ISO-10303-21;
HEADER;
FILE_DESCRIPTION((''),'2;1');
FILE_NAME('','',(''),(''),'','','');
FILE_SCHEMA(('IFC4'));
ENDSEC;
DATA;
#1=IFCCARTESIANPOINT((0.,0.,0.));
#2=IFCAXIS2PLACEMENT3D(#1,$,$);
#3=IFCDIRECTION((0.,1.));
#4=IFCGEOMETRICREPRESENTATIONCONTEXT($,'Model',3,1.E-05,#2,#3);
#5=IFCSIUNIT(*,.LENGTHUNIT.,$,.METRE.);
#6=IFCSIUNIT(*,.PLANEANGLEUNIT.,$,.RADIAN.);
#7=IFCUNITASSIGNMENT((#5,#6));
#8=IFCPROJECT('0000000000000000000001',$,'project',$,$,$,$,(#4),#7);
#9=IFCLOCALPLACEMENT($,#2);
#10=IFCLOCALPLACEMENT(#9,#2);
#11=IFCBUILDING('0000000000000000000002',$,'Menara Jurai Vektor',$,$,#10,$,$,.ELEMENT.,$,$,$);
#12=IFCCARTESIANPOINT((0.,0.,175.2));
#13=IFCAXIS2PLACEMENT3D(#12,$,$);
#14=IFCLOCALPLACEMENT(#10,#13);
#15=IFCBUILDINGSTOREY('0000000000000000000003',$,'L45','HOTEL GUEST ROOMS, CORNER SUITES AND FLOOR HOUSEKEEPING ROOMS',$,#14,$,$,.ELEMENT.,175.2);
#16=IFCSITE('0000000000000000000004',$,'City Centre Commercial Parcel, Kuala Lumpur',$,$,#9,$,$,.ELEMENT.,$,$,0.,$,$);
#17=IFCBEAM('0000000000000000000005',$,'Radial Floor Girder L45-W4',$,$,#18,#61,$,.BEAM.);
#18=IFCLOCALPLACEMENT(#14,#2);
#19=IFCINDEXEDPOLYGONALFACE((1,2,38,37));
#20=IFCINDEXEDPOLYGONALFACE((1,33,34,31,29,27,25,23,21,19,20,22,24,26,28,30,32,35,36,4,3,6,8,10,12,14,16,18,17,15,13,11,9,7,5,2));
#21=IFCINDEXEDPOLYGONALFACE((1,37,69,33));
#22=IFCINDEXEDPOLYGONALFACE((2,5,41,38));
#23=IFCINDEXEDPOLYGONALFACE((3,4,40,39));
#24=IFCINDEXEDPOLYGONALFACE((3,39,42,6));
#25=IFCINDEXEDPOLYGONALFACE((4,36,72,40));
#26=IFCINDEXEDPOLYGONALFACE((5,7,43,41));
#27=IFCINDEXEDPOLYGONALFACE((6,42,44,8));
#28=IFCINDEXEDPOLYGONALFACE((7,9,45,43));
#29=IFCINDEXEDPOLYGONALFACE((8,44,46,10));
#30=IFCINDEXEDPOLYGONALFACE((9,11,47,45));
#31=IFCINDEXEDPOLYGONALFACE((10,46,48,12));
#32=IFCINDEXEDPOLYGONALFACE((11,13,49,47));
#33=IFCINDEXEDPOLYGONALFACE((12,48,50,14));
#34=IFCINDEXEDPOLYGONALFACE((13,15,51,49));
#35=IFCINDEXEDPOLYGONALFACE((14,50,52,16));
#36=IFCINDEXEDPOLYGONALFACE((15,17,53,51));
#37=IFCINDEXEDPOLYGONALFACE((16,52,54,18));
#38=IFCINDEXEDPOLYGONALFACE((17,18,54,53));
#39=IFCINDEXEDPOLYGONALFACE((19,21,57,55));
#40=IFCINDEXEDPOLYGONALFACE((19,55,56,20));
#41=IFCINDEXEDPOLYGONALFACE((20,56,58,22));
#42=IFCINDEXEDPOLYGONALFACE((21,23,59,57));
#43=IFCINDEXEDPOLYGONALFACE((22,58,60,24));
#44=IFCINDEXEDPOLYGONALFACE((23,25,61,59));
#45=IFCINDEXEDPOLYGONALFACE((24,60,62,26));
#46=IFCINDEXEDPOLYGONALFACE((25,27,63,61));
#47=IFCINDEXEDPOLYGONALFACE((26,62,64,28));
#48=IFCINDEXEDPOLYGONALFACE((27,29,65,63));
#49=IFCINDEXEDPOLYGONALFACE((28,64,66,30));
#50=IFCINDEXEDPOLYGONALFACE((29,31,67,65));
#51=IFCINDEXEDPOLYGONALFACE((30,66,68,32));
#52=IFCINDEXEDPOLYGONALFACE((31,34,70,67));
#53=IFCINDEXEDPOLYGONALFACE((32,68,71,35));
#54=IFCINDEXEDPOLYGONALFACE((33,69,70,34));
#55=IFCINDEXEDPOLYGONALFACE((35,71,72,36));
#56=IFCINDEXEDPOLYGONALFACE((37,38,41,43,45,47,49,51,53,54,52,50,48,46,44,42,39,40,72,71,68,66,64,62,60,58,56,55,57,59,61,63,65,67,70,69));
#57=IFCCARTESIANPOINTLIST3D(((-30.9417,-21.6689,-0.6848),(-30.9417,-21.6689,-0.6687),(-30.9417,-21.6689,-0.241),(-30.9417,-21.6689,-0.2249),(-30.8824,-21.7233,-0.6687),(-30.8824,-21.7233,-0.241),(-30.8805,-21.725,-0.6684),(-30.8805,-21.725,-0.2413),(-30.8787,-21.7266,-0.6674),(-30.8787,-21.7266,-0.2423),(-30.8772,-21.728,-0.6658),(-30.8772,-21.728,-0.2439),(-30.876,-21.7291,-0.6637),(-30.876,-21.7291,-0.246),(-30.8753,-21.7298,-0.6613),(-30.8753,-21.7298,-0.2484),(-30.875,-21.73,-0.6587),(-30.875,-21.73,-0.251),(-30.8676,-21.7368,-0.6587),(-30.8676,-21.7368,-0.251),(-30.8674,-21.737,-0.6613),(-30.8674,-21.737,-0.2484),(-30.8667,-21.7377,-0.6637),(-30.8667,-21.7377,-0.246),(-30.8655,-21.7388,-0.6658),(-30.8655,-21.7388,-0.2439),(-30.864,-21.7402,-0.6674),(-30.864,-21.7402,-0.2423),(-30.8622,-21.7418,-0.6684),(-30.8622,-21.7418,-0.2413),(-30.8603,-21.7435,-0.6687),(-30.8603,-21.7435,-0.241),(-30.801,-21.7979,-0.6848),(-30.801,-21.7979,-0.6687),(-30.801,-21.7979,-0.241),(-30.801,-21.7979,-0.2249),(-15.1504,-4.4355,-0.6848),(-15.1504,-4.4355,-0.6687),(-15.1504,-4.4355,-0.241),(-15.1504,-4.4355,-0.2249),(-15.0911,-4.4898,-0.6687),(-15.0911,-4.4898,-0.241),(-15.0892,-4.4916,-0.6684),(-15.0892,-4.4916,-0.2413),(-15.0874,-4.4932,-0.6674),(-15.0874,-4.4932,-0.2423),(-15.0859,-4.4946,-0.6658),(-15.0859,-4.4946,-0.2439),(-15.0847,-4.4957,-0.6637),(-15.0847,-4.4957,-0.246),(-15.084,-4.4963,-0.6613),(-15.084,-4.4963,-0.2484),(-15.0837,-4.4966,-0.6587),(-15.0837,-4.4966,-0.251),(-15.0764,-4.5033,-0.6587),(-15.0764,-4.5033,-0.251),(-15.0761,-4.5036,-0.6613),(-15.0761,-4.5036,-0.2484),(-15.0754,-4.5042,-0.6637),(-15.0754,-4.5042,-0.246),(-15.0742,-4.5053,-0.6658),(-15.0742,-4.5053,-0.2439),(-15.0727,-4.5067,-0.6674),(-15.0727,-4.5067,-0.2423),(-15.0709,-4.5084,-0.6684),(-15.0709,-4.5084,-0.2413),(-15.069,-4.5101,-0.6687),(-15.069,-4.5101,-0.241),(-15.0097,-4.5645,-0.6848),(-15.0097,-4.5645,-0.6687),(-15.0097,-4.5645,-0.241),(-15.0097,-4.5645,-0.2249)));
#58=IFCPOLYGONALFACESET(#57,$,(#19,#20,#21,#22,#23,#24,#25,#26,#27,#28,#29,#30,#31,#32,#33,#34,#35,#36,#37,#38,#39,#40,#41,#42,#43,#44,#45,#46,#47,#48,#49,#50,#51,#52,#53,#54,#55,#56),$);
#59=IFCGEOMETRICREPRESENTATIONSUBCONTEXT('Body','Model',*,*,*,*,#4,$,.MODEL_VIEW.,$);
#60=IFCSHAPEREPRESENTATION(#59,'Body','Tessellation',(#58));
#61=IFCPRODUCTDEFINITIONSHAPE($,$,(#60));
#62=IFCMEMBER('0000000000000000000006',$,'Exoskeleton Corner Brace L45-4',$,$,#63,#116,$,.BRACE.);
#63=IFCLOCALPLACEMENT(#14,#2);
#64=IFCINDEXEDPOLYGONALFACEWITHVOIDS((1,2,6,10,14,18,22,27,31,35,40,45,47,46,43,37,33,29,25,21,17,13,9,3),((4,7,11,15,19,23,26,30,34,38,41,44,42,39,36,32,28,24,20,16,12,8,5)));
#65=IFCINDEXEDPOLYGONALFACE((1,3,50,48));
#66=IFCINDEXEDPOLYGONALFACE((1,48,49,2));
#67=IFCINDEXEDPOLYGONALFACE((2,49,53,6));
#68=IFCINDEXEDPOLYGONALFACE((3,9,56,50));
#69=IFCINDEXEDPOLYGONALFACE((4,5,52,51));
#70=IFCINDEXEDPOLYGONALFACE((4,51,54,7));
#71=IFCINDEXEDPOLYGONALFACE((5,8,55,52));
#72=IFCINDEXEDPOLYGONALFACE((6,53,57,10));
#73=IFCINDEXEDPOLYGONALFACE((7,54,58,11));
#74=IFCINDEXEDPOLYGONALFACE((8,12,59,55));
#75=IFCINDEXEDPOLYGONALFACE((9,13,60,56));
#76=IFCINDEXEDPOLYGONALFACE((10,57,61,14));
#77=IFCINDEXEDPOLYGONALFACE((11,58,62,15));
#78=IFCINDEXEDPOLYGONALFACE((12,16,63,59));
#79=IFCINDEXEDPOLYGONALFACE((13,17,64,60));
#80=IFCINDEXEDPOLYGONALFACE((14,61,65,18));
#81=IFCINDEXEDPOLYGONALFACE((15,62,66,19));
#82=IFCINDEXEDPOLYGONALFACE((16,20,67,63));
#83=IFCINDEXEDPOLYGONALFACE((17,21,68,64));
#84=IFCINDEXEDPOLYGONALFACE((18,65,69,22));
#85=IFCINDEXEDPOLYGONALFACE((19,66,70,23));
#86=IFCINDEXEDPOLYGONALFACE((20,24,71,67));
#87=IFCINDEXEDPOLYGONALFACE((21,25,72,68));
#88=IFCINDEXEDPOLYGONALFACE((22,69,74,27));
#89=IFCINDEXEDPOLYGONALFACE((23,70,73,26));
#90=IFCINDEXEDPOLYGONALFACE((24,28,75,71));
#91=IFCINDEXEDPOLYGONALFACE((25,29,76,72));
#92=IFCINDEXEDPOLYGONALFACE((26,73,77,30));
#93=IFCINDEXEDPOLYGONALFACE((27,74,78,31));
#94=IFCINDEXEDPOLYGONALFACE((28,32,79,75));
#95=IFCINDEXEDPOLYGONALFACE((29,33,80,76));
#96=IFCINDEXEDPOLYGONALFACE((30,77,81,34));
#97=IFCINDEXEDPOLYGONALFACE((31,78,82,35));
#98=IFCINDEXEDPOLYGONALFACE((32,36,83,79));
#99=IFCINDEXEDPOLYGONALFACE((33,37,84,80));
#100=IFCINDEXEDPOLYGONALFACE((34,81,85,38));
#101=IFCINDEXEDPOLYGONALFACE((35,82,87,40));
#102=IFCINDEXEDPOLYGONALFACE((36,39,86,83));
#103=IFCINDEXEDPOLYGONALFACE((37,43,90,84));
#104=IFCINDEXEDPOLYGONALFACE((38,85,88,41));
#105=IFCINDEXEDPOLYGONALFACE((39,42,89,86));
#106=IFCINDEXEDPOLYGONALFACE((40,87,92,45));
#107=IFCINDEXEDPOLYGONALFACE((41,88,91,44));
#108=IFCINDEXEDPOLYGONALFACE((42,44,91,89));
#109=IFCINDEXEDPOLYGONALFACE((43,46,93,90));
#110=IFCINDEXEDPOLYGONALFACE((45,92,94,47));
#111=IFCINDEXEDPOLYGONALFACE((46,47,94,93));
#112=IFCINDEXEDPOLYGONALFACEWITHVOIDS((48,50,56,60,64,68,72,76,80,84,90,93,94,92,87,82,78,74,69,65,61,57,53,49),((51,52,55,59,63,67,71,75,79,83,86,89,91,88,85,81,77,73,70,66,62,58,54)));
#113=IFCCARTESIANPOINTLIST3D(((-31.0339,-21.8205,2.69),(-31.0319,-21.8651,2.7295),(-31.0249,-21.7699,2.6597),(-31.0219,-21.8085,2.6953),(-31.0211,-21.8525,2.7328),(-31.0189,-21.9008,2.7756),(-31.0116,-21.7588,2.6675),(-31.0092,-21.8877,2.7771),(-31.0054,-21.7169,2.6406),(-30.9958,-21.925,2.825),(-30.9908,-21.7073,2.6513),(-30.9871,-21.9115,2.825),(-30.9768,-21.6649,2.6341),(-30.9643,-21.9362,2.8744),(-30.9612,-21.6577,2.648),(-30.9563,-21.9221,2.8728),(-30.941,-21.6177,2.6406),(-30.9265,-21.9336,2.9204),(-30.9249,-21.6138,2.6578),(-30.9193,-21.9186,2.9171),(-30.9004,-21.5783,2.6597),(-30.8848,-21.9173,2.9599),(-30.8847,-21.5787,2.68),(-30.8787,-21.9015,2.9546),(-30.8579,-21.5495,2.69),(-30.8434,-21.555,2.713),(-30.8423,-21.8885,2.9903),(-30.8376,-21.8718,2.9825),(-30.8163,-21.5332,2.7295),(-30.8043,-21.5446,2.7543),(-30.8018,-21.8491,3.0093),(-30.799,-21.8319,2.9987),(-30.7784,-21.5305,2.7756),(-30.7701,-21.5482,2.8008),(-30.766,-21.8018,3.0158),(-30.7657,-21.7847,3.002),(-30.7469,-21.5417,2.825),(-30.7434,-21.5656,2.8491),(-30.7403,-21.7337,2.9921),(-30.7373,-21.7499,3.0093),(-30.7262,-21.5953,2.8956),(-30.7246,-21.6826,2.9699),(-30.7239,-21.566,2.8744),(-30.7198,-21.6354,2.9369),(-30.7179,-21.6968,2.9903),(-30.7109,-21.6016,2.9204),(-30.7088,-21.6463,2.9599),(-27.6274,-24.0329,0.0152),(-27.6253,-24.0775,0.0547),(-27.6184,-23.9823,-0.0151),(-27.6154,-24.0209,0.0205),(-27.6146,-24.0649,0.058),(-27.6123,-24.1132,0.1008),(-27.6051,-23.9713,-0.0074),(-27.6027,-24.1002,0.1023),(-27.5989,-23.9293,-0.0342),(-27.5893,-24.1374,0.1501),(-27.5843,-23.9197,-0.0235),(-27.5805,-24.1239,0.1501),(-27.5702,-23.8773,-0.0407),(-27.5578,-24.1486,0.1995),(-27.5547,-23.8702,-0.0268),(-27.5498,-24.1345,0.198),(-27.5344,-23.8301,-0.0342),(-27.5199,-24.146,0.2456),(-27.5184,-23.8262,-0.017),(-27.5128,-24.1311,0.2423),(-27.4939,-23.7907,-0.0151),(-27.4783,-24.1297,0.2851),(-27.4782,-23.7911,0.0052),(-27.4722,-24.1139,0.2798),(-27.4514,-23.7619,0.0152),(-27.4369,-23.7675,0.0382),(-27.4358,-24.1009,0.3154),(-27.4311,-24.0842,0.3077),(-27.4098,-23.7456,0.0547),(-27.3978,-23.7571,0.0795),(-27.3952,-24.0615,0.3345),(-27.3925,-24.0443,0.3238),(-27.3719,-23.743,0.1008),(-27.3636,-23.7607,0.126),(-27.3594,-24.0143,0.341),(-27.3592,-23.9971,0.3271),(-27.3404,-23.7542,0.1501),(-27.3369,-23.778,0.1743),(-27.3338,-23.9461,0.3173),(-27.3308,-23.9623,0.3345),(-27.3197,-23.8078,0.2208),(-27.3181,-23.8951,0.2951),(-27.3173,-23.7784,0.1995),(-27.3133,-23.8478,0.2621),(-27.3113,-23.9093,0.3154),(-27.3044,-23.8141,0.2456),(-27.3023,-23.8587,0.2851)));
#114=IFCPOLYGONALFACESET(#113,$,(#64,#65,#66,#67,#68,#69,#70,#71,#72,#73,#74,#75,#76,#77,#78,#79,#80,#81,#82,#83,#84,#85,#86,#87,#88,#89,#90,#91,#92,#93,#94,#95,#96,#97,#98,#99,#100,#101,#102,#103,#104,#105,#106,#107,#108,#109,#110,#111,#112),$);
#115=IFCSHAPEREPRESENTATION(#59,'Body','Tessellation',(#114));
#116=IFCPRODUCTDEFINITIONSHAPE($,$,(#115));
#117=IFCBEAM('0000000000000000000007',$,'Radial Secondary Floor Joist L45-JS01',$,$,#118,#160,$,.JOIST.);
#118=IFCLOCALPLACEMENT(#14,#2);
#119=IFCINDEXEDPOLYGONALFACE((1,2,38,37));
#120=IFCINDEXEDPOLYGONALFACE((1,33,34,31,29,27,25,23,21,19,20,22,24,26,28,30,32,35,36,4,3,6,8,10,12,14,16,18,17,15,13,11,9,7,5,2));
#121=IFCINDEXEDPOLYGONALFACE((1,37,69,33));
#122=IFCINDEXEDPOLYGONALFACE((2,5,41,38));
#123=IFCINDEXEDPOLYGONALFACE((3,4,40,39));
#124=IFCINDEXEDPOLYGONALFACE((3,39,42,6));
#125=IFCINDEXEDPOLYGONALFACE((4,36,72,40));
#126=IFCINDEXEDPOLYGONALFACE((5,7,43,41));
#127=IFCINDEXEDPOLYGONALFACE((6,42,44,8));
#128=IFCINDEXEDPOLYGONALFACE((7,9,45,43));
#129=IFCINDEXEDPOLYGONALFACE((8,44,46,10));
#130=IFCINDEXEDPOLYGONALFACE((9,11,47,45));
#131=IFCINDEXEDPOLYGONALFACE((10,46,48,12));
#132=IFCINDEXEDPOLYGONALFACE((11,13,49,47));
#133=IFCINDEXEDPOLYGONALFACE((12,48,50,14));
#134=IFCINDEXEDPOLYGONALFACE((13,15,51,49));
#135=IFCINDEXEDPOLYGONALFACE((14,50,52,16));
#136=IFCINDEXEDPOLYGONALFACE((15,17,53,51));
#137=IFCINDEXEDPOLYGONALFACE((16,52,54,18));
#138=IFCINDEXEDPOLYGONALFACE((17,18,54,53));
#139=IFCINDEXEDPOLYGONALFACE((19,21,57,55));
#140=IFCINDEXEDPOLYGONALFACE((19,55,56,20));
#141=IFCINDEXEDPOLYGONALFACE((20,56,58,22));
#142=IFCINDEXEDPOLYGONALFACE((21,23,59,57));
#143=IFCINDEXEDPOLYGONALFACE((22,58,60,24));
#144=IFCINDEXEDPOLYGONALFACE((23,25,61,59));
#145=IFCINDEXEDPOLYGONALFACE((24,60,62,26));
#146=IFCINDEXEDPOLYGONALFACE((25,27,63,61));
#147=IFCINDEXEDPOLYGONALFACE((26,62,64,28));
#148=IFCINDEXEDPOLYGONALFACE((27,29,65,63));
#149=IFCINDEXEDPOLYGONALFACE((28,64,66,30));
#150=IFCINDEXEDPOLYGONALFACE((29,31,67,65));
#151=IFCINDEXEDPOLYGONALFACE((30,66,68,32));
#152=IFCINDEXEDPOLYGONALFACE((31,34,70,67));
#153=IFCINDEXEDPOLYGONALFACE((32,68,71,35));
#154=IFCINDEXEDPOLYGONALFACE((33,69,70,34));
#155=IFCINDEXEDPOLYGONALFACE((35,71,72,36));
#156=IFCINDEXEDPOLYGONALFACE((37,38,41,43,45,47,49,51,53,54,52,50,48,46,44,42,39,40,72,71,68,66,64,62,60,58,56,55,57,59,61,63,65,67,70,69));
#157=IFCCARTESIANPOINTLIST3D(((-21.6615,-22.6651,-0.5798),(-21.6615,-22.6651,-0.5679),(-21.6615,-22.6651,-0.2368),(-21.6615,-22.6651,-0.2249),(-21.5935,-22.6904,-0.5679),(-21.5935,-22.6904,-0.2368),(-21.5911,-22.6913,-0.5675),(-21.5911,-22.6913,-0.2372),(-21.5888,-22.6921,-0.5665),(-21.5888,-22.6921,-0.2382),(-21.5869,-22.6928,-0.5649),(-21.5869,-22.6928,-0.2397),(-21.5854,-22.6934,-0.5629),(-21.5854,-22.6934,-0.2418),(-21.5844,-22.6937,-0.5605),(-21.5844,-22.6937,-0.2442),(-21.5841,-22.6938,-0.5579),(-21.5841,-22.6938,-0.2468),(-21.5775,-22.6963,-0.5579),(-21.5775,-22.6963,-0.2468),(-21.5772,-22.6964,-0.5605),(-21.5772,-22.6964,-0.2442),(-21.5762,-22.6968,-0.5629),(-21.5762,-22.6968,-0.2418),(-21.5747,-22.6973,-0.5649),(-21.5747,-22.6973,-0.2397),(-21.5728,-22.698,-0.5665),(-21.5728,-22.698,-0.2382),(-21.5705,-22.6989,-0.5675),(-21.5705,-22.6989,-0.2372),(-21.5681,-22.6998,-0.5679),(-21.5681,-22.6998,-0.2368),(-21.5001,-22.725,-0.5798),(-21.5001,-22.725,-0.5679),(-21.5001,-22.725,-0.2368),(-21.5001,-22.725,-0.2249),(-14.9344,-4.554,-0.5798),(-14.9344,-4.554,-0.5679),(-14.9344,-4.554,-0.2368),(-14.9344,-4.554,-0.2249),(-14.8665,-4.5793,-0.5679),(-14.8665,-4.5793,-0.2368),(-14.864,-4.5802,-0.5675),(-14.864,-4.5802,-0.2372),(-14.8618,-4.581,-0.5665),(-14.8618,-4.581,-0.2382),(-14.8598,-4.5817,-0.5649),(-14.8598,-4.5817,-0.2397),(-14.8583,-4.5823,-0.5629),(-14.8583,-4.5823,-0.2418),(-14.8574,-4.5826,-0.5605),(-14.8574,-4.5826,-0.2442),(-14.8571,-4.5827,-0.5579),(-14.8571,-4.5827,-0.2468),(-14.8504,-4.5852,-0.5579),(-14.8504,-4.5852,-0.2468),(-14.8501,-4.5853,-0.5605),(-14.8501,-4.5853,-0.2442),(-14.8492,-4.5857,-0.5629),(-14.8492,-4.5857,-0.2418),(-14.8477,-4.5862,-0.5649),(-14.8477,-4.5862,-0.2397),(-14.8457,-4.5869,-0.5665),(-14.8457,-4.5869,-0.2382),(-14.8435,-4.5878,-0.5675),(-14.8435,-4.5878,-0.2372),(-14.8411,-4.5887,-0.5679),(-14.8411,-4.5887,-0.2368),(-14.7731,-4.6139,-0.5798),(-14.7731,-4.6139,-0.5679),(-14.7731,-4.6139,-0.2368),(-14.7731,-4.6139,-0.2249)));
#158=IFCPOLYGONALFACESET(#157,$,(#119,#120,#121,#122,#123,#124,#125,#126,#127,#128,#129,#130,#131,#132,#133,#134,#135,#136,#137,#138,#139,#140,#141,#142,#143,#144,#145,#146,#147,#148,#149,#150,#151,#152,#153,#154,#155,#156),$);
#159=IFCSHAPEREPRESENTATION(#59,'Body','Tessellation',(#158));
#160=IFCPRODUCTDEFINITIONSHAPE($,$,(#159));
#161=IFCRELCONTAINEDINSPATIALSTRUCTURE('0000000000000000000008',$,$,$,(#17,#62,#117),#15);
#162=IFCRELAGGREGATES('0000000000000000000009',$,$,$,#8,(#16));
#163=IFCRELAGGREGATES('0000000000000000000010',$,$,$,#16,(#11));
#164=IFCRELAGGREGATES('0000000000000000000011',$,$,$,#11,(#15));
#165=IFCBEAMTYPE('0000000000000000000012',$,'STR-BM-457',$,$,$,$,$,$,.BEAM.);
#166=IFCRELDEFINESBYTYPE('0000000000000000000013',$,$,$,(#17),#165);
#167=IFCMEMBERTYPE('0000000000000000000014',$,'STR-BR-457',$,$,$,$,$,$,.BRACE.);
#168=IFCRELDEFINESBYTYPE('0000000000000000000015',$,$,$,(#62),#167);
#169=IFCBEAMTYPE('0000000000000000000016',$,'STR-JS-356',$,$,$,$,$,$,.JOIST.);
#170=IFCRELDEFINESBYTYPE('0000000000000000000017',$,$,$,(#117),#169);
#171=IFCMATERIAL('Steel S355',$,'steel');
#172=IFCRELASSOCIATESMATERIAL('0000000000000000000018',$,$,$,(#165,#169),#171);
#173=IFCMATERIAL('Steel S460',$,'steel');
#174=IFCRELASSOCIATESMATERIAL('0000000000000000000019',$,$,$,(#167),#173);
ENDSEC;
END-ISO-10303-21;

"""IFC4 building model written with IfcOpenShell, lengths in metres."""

from ifc_helpers import new_model, si_unit, direction, frame, origin, origin_2d, place, context, subcontext, project, spatial, hollow_circle, i_section, extrude, material, material_profile, profile_set, type_object, element, save


model = new_model("IFC4")

# Units and contexts
model_context = context("Model", 3, precision=1e-05, world=origin(), true_north=direction((0.0, 1.0)))
body_context = subcontext(model_context, "Body", "Model", "MODEL_VIEW")
ifc_project = project(units=[si_unit("LENGTHUNIT", "METRE"), si_unit("PLANEANGLEUNIT", "RADIAN")], contexts=[model_context])

# Site, building, storey
site_placement = place(None, origin())
site = spatial("IfcSite", under=ifc_project, at=site_placement, Name="City Centre Commercial Parcel, Kuala Lumpur", CompositionType="ELEMENT", RefElevation=0.0)
building_placement = place(site_placement, origin())
building = spatial("IfcBuilding", under=site, at=building_placement, Name="Menara Jurai Vektor", CompositionType="ELEMENT")
storey_placement = place(building_placement, frame((0.0, 0.0, 175.2)))
storey = spatial("IfcBuildingStorey", under=building, at=storey_placement, Name="L45", Description="HOTEL GUEST ROOMS, CORNER SUITES AND FLOOR HOUSEKEEPING ROOMS", CompositionType="ELEMENT", Elevation=175.2)

# Shared definitions
ifc_material_1 = material(Name="Steel S460", Category="steel")

# Beam
ifc_material_2 = material(Name="Steel S355", Category="steel")
ifc_material_profile_1 = material_profile(ifc_material_2, i_section(OverallWidth=0.1909, OverallDepth=0.46, WebThickness=0.01, FlangeThickness=0.0161, FilletRadius=0.01, at=origin_2d()), Name="UKB 457x191x82")
ifc_profile_set_1 = profile_set([ifc_material_profile_1], Name="Steel S355")
beam_type_1 = type_object("IfcBeamType", Name="STR-BM-457", PredefinedType="BEAM", material=ifc_profile_set_1)
beam_1_placement = place(storey_placement, frame((-30.8713, -21.7334, -0.4548), z_axis=(0.675585, 0.737282, 0.0), x_axis=(-0.737282, 0.675585, 0.0)))
element("IfcBeam", 1, at=beam_1_placement, inside=storey, type_object=beam_type_1, Name="Radial Floor Girder L45-W4", PredefinedType="BEAM", context=body_context, shape_type="SweptSolid", body=[
    extrude(i_section(OverallWidth=0.1909, OverallDepth=0.46, WebThickness=0.01, FlangeThickness=0.0161, FilletRadius=0.01, at=origin_2d()), origin(), (0.0, 0.0, 1.0), 23.3743),
])

# Member
ifc_material_profile_2 = material_profile(ifc_material_1, hollow_circle(Radius=0.2285, WallThickness=0.0161, at=origin_2d()), Name="CHS 457x16")
ifc_profile_set_2 = profile_set([ifc_material_profile_2], Name="Steel S460")
member_type_1 = type_object("IfcMemberType", Name="STR-BR-457", PredefinedType="BRACE", material=ifc_profile_set_2)
member_1_placement = place(storey_placement, frame((-27.4648, -23.9458, 0.1501), z_axis=(-0.700422, 0.4549, 0.549977), x_axis=(-0.544674, -0.838648, 0.0)))
element("IfcMember", 2, at=member_1_placement, inside=storey, type_object=member_type_1, Name="Exoskeleton Corner Brace L45-4", PredefinedType="BRACE", context=body_context, shape_type="SweptSolid", body=[
    extrude(hollow_circle(Radius=0.2285, WallThickness=0.0161, at=origin_2d()), origin(), (0.0, 0.0, 1.0), 4.8635),
])

# Beam
ifc_material_profile_3 = material_profile(ifc_material_2, i_section(OverallWidth=0.1721, OverallDepth=0.355, WebThickness=0.0071, FlangeThickness=0.012, FilletRadius=0.01, at=origin_2d()), Name="UKB 356x171x51")
ifc_profile_set_3 = profile_set([ifc_material_profile_3], Name="Steel S355")
beam_type_2 = type_object("IfcBeamType", Name="STR-JS-356", PredefinedType="JOIST", material=ifc_profile_set_3)
beam_2_placement = place(storey_placement, frame((-21.5808, -22.6951, -0.4023), z_axis=(0.34819, 0.937424, 0.0), x_axis=(-0.937424, 0.34819, 0.0)))
element("IfcBeam", 3, at=beam_2_placement, inside=storey, type_object=beam_type_2, Name="Radial Secondary Floor Joist L45-JS01", PredefinedType="JOIST", context=body_context, shape_type="SweptSolid", body=[
    extrude(i_section(OverallWidth=0.1721, OverallDepth=0.355, WebThickness=0.0071, FlangeThickness=0.012, FilletRadius=0.01, at=origin_2d()), origin(), (0.0, 0.0, 1.0), 19.3201),
])

save(model, "model.ifc")
